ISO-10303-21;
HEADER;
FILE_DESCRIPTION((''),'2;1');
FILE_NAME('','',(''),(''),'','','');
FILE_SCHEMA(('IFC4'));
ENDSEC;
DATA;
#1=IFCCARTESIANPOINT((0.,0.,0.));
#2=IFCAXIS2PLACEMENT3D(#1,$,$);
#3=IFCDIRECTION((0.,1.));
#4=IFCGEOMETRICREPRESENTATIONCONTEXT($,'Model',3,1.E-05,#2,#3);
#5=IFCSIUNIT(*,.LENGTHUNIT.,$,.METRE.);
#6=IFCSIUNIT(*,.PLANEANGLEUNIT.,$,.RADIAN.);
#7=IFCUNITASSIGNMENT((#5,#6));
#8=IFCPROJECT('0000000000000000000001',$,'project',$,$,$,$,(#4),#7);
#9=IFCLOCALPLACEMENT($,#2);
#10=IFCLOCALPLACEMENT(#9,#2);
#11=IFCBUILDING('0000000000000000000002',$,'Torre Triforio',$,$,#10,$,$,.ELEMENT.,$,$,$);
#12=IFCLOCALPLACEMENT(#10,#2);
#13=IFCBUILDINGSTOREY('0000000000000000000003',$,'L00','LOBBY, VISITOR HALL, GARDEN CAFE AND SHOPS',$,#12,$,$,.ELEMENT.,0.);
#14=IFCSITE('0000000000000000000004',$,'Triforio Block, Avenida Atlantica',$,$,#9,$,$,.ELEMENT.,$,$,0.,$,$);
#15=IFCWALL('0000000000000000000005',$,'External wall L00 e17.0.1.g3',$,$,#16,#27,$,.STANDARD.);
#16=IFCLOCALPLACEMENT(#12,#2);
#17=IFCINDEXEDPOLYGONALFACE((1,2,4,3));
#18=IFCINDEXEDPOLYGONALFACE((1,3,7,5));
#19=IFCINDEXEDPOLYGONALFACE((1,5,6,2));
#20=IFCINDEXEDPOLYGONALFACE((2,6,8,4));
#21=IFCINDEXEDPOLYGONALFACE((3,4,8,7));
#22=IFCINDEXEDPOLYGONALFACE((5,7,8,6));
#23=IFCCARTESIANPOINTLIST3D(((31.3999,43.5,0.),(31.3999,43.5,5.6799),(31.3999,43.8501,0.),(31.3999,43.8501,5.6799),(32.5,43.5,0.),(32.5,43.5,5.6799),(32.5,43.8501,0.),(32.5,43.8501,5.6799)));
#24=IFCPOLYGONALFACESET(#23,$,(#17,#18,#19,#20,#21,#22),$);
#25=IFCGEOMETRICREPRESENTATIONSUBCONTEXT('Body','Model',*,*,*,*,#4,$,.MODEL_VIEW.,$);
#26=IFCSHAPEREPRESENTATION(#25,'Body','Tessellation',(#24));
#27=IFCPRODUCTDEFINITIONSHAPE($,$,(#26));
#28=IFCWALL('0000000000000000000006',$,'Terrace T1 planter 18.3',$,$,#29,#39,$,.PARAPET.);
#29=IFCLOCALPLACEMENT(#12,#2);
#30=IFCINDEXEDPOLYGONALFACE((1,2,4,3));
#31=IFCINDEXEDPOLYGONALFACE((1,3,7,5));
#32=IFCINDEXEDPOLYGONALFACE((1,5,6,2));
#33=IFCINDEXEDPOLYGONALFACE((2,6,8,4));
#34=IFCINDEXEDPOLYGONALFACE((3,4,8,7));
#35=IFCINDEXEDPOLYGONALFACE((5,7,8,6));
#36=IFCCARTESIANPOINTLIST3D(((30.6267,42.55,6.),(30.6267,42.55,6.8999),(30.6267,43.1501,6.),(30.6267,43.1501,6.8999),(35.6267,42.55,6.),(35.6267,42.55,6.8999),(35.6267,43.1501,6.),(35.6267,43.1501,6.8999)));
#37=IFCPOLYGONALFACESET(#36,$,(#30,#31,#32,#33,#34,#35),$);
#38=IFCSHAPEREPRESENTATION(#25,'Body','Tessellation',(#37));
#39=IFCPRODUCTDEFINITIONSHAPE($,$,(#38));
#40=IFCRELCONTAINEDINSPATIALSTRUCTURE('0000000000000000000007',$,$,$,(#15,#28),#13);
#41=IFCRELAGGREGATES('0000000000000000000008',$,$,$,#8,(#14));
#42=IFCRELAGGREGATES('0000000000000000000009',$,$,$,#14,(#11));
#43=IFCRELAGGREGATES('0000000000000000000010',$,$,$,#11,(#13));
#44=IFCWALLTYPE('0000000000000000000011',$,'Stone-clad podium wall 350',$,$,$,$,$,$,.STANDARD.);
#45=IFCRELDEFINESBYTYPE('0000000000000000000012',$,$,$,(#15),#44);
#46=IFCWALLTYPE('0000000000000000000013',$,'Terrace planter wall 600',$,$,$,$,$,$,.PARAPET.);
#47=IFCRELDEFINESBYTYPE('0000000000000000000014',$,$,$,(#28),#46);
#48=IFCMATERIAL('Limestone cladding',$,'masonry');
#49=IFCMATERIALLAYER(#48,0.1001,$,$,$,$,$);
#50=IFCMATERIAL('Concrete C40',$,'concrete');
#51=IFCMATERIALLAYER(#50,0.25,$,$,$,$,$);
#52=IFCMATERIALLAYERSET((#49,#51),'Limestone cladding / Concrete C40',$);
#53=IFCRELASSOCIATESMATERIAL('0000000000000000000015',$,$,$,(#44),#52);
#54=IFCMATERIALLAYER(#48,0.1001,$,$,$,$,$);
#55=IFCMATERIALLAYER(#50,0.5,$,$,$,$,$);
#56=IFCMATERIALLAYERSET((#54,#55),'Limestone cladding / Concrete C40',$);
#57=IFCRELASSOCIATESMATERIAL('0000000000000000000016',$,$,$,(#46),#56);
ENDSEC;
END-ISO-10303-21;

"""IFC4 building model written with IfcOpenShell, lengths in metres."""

from ifc_helpers import new_model, si_unit, direction, frame, frame_2d, origin, place, context, subcontext, project, spatial, rectangle, extrude, material, layer, layer_set, type_object, element, save


model = new_model("IFC4")

# Units and contexts
model_context = context("Model", 3, precision=1e-05, world=origin(), true_north=direction((0.0, 1.0)))
body_context = subcontext(model_context, "Body", "Model", "MODEL_VIEW")
ifc_project = project(units=[si_unit("LENGTHUNIT", "METRE"), si_unit("PLANEANGLEUNIT", "RADIAN")], contexts=[model_context])

# Site, building, storey
site_placement = place(None, origin())
site = spatial("IfcSite", under=ifc_project, at=site_placement, Name="Triforio Block, Avenida Atlantica", CompositionType="ELEMENT", RefElevation=0.0)
building_placement = place(site_placement, origin())
building = spatial("IfcBuilding", under=site, at=building_placement, Name="Torre Triforio", CompositionType="ELEMENT")
storey_placement = place(building_placement, origin())
storey = spatial("IfcBuildingStorey", under=building, at=storey_placement, Name="L00", Description="LOBBY, VISITOR HALL, GARDEN CAFE AND SHOPS", CompositionType="ELEMENT", Elevation=0.0)

# Walls
ifc_material_1 = material(Name="Limestone cladding", Category="masonry")
ifc_layer_1 = layer(ifc_material_1, 0.1001)
ifc_material_2 = material(Name="Concrete C40", Category="concrete")
ifc_layer_2 = layer(ifc_material_2, 0.25)
ifc_layer_set_1 = layer_set([ifc_layer_1, ifc_layer_2], Name="Limestone cladding / Concrete C40")
wall_type_1 = type_object("IfcWallType", Name="Stone-clad podium wall 350", PredefinedType="STANDARD", material=ifc_layer_set_1)
wall_1_placement = place(storey_placement, frame((32.5, 43.675, 0.0), z_axis=(0.0, 0.0, 1.0), x_axis=(-1.0, 0.0, 0.0)))
element("IfcWall", 1, at=wall_1_placement, inside=storey, type_object=wall_type_1, Name="External wall L00 e17.0.1.g3", PredefinedType="STANDARD", context=body_context, shape_type="SweptSolid", body=[
    extrude(rectangle(XDim=1.1001, YDim=0.3501, at=frame_2d((0.55, 0.0))), origin(), (0.0, 0.0, 1.0), 5.6799),
])
ifc_layer_3 = layer(ifc_material_1, 0.1001)
ifc_layer_4 = layer(ifc_material_2, 0.5)
ifc_layer_set_2 = layer_set([ifc_layer_3, ifc_layer_4], Name="Limestone cladding / Concrete C40")
wall_type_2 = type_object("IfcWallType", Name="Terrace planter wall 600", PredefinedType="PARAPET", material=ifc_layer_set_2)
wall_2_placement = place(storey_placement, frame((35.6267, 42.8501, 6.0), z_axis=(0.0, 0.0, 1.0), x_axis=(-1.0, 0.0, 0.0)))
element("IfcWall", 2, at=wall_2_placement, inside=storey, type_object=wall_type_2, Name="Terrace T1 planter 18.3", PredefinedType="PARAPET", context=body_context, shape_type="SweptSolid", body=[
    extrude(rectangle(XDim=5.0, YDim=0.6001, at=frame_2d((2.5, 0.0))), origin(), (0.0, 0.0, 1.0), 0.8999),
])

save(model, "model.ifc")
